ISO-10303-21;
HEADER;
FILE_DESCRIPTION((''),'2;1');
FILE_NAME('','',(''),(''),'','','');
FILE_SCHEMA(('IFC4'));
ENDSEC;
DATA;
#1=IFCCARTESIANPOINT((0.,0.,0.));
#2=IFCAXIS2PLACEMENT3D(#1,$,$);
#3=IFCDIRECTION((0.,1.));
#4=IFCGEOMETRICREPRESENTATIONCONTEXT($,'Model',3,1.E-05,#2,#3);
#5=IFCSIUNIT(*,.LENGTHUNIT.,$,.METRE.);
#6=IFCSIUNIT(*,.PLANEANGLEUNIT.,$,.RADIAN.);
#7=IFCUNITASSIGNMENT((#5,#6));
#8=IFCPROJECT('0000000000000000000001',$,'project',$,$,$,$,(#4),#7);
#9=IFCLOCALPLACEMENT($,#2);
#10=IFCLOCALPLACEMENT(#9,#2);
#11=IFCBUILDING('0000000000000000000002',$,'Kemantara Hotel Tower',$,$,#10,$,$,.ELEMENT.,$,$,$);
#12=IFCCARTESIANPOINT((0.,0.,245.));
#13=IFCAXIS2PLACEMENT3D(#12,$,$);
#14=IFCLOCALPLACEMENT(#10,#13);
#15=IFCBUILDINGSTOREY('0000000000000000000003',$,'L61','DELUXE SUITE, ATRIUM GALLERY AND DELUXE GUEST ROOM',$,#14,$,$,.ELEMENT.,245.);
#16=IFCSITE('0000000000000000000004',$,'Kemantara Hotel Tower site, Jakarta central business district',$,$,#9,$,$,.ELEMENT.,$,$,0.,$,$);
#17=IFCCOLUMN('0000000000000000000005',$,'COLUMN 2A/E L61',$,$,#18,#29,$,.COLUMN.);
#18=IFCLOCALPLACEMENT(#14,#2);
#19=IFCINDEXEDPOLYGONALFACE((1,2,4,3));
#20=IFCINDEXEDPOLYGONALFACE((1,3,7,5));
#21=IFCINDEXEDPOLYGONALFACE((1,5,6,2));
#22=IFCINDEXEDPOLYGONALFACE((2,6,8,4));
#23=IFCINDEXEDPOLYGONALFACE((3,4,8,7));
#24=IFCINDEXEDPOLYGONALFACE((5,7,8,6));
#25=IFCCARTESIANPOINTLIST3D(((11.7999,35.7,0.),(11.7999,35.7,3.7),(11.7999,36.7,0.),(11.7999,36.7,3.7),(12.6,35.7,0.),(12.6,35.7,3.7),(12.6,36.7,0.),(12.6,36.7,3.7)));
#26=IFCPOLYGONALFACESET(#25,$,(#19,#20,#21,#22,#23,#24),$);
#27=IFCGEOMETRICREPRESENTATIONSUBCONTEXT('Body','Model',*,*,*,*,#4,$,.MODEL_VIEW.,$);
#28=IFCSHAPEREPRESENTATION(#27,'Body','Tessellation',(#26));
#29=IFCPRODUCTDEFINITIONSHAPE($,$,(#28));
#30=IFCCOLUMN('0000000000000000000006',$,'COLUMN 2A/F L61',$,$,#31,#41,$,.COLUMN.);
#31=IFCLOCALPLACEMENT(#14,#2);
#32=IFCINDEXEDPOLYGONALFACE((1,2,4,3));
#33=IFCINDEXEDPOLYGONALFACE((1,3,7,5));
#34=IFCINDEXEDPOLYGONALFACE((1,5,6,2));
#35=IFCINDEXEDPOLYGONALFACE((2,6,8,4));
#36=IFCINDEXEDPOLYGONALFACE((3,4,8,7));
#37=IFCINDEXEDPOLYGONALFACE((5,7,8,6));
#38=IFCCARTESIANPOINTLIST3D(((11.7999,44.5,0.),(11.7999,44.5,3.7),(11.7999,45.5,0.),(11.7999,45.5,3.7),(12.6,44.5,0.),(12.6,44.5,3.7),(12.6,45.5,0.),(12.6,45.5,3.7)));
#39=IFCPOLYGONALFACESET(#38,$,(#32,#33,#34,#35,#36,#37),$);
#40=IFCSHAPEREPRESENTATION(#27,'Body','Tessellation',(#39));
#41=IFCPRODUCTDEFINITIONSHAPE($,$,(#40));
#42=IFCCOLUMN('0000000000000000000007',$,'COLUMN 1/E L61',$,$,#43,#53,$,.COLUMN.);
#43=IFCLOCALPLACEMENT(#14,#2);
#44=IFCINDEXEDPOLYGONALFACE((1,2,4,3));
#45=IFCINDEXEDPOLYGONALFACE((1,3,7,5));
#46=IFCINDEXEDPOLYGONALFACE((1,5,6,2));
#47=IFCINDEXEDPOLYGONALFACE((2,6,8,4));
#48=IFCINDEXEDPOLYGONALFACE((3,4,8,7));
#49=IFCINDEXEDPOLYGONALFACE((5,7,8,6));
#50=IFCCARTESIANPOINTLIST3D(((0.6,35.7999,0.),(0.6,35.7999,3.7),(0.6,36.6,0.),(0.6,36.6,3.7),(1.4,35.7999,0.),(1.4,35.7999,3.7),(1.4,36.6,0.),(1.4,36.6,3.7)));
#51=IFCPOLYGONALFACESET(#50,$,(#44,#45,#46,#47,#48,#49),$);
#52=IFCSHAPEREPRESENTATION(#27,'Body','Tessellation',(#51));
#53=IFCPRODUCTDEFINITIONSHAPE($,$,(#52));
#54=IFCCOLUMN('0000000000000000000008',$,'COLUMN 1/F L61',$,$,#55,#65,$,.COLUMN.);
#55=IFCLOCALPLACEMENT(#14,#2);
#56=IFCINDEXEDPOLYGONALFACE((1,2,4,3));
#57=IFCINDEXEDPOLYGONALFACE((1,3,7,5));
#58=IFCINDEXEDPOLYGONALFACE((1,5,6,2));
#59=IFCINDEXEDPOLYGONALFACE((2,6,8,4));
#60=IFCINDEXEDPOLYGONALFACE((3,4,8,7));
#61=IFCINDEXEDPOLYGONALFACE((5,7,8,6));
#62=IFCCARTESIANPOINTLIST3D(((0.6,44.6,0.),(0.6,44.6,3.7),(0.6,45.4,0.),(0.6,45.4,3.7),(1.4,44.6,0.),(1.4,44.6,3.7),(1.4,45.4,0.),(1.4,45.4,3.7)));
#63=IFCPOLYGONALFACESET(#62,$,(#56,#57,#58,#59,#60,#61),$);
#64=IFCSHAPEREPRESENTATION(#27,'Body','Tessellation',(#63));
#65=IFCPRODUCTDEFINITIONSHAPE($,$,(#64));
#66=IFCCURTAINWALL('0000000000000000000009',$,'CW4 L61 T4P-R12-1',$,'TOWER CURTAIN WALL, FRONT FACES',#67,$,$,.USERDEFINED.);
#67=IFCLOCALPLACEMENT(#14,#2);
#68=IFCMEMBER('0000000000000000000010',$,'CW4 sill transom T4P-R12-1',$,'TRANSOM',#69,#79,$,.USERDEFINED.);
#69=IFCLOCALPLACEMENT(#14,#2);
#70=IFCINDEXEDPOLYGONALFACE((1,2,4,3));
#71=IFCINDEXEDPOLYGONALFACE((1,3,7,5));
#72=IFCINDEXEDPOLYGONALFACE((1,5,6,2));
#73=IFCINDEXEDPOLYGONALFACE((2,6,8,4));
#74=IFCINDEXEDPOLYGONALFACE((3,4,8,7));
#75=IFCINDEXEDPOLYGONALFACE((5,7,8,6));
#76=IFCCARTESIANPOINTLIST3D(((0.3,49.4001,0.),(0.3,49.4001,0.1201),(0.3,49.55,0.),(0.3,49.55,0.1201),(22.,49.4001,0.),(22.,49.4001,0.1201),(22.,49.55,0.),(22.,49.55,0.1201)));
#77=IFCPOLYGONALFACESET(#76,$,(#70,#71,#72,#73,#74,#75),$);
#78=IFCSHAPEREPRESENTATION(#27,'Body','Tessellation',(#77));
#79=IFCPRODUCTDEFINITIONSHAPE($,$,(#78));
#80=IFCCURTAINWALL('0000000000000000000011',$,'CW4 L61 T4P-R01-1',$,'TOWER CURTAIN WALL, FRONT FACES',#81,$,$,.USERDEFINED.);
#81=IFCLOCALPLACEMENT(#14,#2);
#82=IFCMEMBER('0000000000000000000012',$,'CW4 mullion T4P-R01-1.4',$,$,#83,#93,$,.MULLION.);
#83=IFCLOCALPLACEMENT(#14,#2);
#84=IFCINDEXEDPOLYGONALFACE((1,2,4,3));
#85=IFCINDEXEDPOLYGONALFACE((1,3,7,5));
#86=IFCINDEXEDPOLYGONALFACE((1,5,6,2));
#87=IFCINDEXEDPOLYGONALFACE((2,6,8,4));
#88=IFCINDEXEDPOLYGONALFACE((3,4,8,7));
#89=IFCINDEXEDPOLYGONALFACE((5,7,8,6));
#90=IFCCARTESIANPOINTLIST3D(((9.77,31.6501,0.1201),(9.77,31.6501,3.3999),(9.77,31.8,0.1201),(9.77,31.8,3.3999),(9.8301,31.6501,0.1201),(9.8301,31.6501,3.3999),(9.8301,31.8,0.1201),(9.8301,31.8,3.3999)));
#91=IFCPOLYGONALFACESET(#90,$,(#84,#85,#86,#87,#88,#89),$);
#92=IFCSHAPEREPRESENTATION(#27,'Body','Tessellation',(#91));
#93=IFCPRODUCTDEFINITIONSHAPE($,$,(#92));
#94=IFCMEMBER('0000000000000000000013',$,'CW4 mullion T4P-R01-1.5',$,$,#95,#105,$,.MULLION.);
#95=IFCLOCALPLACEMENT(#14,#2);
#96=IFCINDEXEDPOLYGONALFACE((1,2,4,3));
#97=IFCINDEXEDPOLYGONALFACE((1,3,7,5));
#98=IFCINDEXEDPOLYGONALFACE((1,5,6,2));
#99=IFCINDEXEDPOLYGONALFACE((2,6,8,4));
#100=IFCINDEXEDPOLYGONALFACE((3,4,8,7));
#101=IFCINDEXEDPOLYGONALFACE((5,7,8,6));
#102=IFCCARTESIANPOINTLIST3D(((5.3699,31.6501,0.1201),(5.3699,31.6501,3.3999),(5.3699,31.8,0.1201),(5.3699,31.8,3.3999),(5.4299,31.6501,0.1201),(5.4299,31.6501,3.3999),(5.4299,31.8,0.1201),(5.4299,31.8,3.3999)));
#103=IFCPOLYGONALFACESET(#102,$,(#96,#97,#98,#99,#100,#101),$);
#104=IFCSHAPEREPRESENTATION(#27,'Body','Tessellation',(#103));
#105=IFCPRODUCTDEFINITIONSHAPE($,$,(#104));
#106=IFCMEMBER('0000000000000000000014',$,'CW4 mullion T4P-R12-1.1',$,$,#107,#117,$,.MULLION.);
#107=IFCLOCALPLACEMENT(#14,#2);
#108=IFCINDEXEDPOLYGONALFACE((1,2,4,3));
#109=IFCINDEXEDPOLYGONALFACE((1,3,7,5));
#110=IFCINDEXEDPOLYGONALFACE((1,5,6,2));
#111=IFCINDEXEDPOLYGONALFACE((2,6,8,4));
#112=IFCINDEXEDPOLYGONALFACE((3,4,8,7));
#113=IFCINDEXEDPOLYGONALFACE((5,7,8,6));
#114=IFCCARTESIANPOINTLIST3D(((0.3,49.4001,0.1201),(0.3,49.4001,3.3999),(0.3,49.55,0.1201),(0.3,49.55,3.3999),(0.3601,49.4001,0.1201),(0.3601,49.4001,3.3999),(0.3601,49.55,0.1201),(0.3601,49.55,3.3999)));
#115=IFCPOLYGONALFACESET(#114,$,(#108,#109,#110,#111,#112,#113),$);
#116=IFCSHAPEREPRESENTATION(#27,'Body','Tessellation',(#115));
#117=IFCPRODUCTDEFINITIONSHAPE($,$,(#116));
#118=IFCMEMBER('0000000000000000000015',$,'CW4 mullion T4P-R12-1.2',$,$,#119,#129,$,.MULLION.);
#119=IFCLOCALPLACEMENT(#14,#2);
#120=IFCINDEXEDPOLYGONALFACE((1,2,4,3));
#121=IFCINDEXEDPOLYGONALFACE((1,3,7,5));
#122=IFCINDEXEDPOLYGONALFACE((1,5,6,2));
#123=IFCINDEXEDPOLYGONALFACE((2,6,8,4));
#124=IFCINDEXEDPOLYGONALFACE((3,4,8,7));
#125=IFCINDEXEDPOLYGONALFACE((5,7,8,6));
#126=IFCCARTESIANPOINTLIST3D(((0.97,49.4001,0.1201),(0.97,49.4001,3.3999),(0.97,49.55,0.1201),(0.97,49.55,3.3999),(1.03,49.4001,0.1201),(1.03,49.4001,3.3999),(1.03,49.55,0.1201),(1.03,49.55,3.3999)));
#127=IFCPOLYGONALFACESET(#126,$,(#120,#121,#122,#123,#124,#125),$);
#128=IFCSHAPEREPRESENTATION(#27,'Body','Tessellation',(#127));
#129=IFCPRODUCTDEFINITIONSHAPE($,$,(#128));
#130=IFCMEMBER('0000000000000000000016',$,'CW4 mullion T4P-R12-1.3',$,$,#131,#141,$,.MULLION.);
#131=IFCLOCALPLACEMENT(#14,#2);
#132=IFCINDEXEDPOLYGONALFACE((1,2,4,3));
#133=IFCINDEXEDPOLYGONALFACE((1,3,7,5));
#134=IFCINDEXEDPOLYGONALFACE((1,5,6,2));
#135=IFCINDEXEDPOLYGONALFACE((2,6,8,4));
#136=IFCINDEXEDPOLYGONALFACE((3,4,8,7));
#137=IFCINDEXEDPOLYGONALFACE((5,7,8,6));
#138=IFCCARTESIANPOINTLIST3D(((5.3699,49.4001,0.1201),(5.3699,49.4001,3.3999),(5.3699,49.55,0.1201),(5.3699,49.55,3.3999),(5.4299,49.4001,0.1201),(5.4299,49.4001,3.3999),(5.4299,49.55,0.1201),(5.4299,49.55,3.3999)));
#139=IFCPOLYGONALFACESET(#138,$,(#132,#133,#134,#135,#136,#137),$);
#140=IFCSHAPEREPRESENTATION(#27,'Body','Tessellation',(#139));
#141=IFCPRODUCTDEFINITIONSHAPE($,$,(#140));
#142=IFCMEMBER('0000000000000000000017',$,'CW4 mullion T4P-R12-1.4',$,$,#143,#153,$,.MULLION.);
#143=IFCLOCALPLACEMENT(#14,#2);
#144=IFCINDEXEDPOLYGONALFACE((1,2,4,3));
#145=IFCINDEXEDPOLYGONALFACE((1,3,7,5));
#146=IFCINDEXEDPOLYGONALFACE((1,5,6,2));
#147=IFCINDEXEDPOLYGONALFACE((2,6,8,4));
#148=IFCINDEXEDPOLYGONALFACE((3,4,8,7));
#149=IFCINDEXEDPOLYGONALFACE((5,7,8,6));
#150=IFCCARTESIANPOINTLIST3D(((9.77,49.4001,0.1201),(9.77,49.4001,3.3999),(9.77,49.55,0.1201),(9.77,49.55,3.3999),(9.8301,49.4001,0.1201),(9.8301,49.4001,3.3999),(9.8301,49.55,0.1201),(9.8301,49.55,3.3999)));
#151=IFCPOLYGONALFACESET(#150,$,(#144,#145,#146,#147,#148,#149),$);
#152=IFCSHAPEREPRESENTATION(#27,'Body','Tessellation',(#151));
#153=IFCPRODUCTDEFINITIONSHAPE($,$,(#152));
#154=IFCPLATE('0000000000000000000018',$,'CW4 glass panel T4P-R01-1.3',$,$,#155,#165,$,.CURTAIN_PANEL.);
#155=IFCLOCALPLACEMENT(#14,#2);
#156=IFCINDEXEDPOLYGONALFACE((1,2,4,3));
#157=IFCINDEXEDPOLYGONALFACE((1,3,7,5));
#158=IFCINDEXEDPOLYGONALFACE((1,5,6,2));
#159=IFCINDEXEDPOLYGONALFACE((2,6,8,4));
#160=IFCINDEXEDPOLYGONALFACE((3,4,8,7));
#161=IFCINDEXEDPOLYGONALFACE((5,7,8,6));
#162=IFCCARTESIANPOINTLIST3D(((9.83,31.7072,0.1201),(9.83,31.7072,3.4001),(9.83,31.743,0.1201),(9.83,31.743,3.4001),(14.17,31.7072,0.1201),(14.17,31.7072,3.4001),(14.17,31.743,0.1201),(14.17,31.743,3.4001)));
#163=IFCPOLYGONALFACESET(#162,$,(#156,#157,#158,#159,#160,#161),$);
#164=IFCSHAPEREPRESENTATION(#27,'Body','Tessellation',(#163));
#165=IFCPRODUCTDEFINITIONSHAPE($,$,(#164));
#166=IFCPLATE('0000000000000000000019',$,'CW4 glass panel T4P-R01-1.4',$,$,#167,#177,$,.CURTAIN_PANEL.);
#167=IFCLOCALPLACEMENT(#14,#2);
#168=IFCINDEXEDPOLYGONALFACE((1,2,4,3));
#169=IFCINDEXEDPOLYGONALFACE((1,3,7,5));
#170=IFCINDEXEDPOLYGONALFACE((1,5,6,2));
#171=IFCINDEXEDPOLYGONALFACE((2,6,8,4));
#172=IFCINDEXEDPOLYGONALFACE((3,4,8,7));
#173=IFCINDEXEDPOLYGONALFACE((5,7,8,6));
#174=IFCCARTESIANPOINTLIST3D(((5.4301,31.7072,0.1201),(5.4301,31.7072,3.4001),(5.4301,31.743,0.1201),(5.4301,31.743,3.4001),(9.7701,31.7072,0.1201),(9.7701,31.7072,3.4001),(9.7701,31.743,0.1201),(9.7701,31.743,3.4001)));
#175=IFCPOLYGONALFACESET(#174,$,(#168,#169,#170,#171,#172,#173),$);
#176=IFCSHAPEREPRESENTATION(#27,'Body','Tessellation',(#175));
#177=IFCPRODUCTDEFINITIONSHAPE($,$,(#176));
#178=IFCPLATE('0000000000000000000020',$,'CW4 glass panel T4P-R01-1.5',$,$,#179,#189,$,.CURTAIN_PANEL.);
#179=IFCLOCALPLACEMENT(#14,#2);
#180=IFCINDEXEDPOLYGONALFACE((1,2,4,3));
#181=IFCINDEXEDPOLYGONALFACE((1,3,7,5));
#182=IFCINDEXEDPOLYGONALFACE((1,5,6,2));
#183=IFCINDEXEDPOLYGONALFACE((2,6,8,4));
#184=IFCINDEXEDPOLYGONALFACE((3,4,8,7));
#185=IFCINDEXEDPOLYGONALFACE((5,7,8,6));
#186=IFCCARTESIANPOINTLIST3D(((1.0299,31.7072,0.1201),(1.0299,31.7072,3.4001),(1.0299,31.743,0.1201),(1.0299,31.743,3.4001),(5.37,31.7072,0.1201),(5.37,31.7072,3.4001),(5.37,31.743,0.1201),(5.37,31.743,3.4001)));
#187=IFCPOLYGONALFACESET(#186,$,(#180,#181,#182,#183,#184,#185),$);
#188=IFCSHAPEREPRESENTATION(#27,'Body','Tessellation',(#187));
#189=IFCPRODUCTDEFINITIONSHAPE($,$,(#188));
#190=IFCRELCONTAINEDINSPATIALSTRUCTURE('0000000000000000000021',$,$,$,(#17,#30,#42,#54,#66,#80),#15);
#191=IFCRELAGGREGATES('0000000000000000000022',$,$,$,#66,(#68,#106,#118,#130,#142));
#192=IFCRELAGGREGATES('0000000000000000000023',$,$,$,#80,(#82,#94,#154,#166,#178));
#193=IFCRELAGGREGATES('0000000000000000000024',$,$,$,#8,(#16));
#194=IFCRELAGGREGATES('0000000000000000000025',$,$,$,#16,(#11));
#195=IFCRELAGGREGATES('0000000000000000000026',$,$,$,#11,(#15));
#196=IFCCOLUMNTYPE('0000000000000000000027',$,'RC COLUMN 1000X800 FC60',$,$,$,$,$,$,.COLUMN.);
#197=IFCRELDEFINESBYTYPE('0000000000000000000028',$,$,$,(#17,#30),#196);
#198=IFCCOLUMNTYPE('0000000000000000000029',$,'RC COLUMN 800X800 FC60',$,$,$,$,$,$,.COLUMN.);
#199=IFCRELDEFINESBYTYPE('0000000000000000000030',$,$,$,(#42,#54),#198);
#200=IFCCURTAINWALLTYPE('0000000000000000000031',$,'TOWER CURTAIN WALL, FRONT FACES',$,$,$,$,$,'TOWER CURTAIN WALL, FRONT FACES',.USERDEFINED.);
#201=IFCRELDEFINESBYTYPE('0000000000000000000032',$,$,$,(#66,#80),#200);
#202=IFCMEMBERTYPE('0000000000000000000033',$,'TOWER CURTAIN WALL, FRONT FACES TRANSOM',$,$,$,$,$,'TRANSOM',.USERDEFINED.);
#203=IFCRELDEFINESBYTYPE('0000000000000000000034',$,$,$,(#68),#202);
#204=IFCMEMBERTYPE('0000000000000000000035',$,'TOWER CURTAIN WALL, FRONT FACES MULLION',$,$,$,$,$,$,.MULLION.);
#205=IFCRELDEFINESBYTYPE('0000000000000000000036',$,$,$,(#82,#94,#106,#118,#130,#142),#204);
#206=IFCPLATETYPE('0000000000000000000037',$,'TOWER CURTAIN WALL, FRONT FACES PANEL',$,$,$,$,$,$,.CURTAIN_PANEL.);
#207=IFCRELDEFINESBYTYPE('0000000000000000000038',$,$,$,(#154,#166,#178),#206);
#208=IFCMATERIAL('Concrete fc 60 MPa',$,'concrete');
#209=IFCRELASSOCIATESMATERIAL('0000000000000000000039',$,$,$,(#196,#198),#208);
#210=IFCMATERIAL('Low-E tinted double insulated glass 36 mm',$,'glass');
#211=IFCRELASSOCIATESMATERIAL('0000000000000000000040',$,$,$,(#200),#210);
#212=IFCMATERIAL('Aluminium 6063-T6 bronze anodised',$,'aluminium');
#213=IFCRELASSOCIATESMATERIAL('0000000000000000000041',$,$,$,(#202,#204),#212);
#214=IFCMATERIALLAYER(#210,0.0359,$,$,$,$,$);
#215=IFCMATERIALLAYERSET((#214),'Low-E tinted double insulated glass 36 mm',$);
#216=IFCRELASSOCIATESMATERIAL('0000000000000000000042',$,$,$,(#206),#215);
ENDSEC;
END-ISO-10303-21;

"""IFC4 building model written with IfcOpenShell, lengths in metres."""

from ifc_helpers import new_model, si_unit, direction, frame, origin, origin_2d, place, context, subcontext, project, spatial, rectangle, extrude, source, transform, mapped, material, layer, layer_set, material_profile, profile_set, type_object, element, aggregate, save


model = new_model("IFC4")

# Units and contexts
model_context = context("Model", 3, precision=1e-05, world=origin(), true_north=direction((0.0, 1.0)))
body_context = subcontext(model_context, "Body", "Model", "MODEL_VIEW")
ifc_project = project(units=[si_unit("LENGTHUNIT", "METRE"), si_unit("PLANEANGLEUNIT", "RADIAN")], contexts=[model_context])

# Site, building, storey
site_placement = place(None, origin())
site = spatial("IfcSite", under=ifc_project, at=site_placement, Name="Kemantara Hotel Tower site, Jakarta central business district", CompositionType="ELEMENT", RefElevation=0.0)
building_placement = place(site_placement, origin())
building = spatial("IfcBuilding", under=site, at=building_placement, Name="Kemantara Hotel Tower", CompositionType="ELEMENT")
storey_placement = place(building_placement, frame((0.0, 0.0, 245.0)))
storey = spatial("IfcBuildingStorey", under=building, at=storey_placement, Name="L61", Description="DELUXE SUITE, ATRIUM GALLERY AND DELUXE GUEST ROOM", CompositionType="ELEMENT", Elevation=245.0)

# Columns
ifc_material_1 = material(Name="Concrete fc 60 MPa", Category="concrete")
ifc_material_profile_1 = material_profile(ifc_material_1, rectangle(XDim=1.0, YDim=0.8, at=origin_2d()), Name="RC 1000X800")
ifc_profile_set_1 = profile_set([ifc_material_profile_1], Name="Concrete fc 60 MPa")
column_type_1 = type_object("IfcColumnType", Name="RC COLUMN 1000X800 FC60", PredefinedType="COLUMN", material=ifc_profile_set_1)
for number, where, z_axis, x_axis, name in (
    (1, (12.2, 36.2, 0.0), (0.0, 0.0, 1.0), (0.0, 1.0, 0.0), "COLUMN 2A/E L61"),
    (2, (12.2, 45.0, 0.0), (0.0, 0.0, 1.0), (0.0, 1.0, 0.0), "COLUMN 2A/F L61"),
):
    element("IfcColumn", number, at=place(storey_placement, frame(where, z_axis=z_axis, x_axis=x_axis)), inside=storey, type_object=column_type_1, Name=name, PredefinedType="COLUMN", context=body_context, shape_type="SweptSolid", body=[
        extrude(rectangle(XDim=1.0, YDim=0.8, at=origin_2d()), origin(), (0.0, 0.0, 1.0), 3.7),
    ])
ifc_material_profile_2 = material_profile(ifc_material_1, rectangle(XDim=0.8, YDim=0.8, at=origin_2d()), Name="RC 800X800")
ifc_profile_set_2 = profile_set([ifc_material_profile_2], Name="Concrete fc 60 MPa")
column_type_2 = type_object("IfcColumnType", Name="RC COLUMN 800X800 FC60", PredefinedType="COLUMN", material=ifc_profile_set_2)
for number, where, z_axis, x_axis, name in (
    (3, (1.0, 36.2, 0.0), (0.0, 0.0, 1.0), (1.0, 0.0, 0.0), "COLUMN 1/E L61"),
    (4, (1.0, 45.0, 0.0), (0.0, 0.0, 1.0), (1.0, 0.0, 0.0), "COLUMN 1/F L61"),
):
    element("IfcColumn", number, at=place(storey_placement, frame(where, z_axis=z_axis, x_axis=x_axis)), inside=storey, type_object=column_type_2, Name=name, PredefinedType="COLUMN", context=body_context, shape_type="SweptSolid", body=[
        extrude(rectangle(XDim=0.8, YDim=0.8, at=origin_2d()), origin(), (0.0, 0.0, 1.0), 3.7),
    ])

# Curtain wall, member
ifc_material_2 = material(Name="Low-E tinted double insulated glass 36 mm", Category="glass")
curtain_wall_type = type_object("IfcCurtainWallType", Name="TOWER CURTAIN WALL, FRONT FACES", ElementType="TOWER CURTAIN WALL, FRONT FACES", PredefinedType="USERDEFINED", material=ifc_material_2)
curtain_wall_1_placement = place(storey_placement, origin())
curtain_wall_1 = element("IfcCurtainWall", 5, at=curtain_wall_1_placement, inside=storey, type_object=curtain_wall_type, Name="CW4 L61 T4P-R12-1", ObjectType="TOWER CURTAIN WALL, FRONT FACES", PredefinedType="USERDEFINED")
ifc_material_3 = material(Name="Aluminium 6063-T6 bronze anodised", Category="aluminium")
ifc_material_profile_3 = material_profile(ifc_material_3, rectangle(XDim=0.1499, YDim=0.1201, at=origin_2d()), Name="TOWER CURTAIN WALL, FRONT FACES TRANSOM")
ifc_profile_set_3 = profile_set([ifc_material_profile_3], Name="Aluminium 6063-T6 bronze anodised")
member_type_1 = type_object("IfcMemberType", Name="TOWER CURTAIN WALL, FRONT FACES TRANSOM", ElementType="TRANSOM", PredefinedType="USERDEFINED", material=ifc_profile_set_3)
member_1_placement = place(storey_placement, frame((0.3, 49.4751, 0.0601), z_axis=(1.0, 0.0, 0.0), x_axis=(0.0, 1.0, 0.0)))
member_1 = element("IfcMember", 6, at=member_1_placement, type_object=member_type_1, Name="CW4 sill transom T4P-R12-1", ObjectType="TRANSOM", PredefinedType="USERDEFINED", context=body_context, shape_type="SweptSolid", body=[
    extrude(rectangle(XDim=0.1499, YDim=0.1201, at=origin_2d()), origin(), (0.0, 0.0, 1.0), 21.7),
])

# Curtain wall, members
curtain_wall_2_placement = place(storey_placement, origin())
curtain_wall_2 = element("IfcCurtainWall", 7, at=curtain_wall_2_placement, inside=storey, type_object=curtain_wall_type, Name="CW4 L61 T4P-R01-1", ObjectType="TOWER CURTAIN WALL, FRONT FACES", PredefinedType="USERDEFINED")
ifc_material_profile_4 = material_profile(ifc_material_3, rectangle(XDim=0.1499, YDim=0.0601, at=origin_2d()), Name="TOWER CURTAIN WALL, FRONT FACES MULLION")
ifc_profile_set_4 = profile_set([ifc_material_profile_4], Name="Aluminium 6063-T6 bronze anodised")
member_type_2 = type_object("IfcMemberType", Name="TOWER CURTAIN WALL, FRONT FACES MULLION", PredefinedType="MULLION", material=ifc_profile_set_4)
shared_shape_1 = source(origin(), body_context, "Body", "SweptSolid", [
    extrude(rectangle(XDim=0.1499, YDim=0.0601, at=origin_2d()), origin(), (0.0, 0.0, 1.0), 3.2798),
])
member_2_placement = place(storey_placement, frame((9.8, 31.7251, 0.1201), z_axis=(0.0, 0.0, 1.0), x_axis=(0.0, -1.0, 0.0)))
member_2 = element("IfcMember", 8, at=member_2_placement, type_object=member_type_2, Name="CW4 mullion T4P-R01-1.4", PredefinedType="MULLION", context=body_context, shape_type="MappedRepresentation", body=[
    mapped(shared_shape_1, transform((0.0, 0.0, 0.0))),
])
member_3_placement = place(storey_placement, frame((5.3999, 31.7251, 0.1201), z_axis=(0.0, 0.0, 1.0), x_axis=(0.0, -1.0, 0.0)))
member_3 = element("IfcMember", 9, at=member_3_placement, type_object=member_type_2, Name="CW4 mullion T4P-R01-1.5", PredefinedType="MULLION", context=body_context, shape_type="MappedRepresentation", body=[
    mapped(shared_shape_1, transform((0.0, 0.0, 0.0))),
])

# Members
member_4_placement = place(storey_placement, frame((0.3301, 49.4751, 0.1201), z_axis=(0.0, 0.0, 1.0), x_axis=(0.0, 1.0, 0.0)))
member_4 = element("IfcMember", 10, at=member_4_placement, type_object=member_type_2, Name="CW4 mullion T4P-R12-1.1", PredefinedType="MULLION", context=body_context, shape_type="MappedRepresentation", body=[
    mapped(shared_shape_1, transform((0.0, 0.0, 0.0))),
])
member_5_placement = place(storey_placement, frame((1.0, 49.4751, 0.1201), z_axis=(0.0, 0.0, 1.0), x_axis=(0.0, 1.0, 0.0)))
member_5 = element("IfcMember", 11, at=member_5_placement, type_object=member_type_2, Name="CW4 mullion T4P-R12-1.2", PredefinedType="MULLION", context=body_context, shape_type="MappedRepresentation", body=[
    mapped(shared_shape_1, transform((0.0, 0.0, 0.0))),
])
member_6_placement = place(storey_placement, frame((5.3999, 49.4751, 0.1201), z_axis=(0.0, 0.0, 1.0), x_axis=(0.0, 1.0, 0.0)))
member_6 = element("IfcMember", 12, at=member_6_placement, type_object=member_type_2, Name="CW4 mullion T4P-R12-1.3", PredefinedType="MULLION", context=body_context, shape_type="MappedRepresentation", body=[
    mapped(shared_shape_1, transform((0.0, 0.0, 0.0))),
])
member_7_placement = place(storey_placement, frame((9.8, 49.4751, 0.1201), z_axis=(0.0, 0.0, 1.0), x_axis=(0.0, 1.0, 0.0)))
member_7 = element("IfcMember", 13, at=member_7_placement, type_object=member_type_2, Name="CW4 mullion T4P-R12-1.4", PredefinedType="MULLION", context=body_context, shape_type="MappedRepresentation", body=[
    mapped(shared_shape_1, transform((0.0, 0.0, 0.0))),
])
aggregate(curtain_wall_1, [member_1, member_4, member_5, member_6, member_7])

# Plates
ifc_layer_1 = layer(ifc_material_2, 0.0359)
ifc_layer_set_1 = layer_set([ifc_layer_1], Name="Low-E tinted double insulated glass 36 mm")
plate_type = type_object("IfcPlateType", Name="TOWER CURTAIN WALL, FRONT FACES PANEL", PredefinedType="CURTAIN_PANEL", material=ifc_layer_set_1)
shared_shape_2 = source(origin(), body_context, "Body", "SweptSolid", [
    extrude(rectangle(XDim=4.3401, YDim=0.0359, at=origin_2d()), origin(), (0.0, 0.0, 1.0), 3.28),
])
plate_1_placement = place(storey_placement, frame((12.0, 31.7251, 0.1201), z_axis=(0.0, 0.0, 1.0), x_axis=(-1.0, 0.0, 0.0)))
plate_1 = element("IfcPlate", 14, at=plate_1_placement, type_object=plate_type, Name="CW4 glass panel T4P-R01-1.3", PredefinedType="CURTAIN_PANEL", context=body_context, shape_type="MappedRepresentation", body=[
    mapped(shared_shape_2, transform((0.0, 0.0, 0.0))),
])
plate_2_placement = place(storey_placement, frame((7.6001, 31.7251, 0.1201), z_axis=(0.0, 0.0, 1.0), x_axis=(-1.0, 0.0, 0.0)))
plate_2 = element("IfcPlate", 15, at=plate_2_placement, type_object=plate_type, Name="CW4 glass panel T4P-R01-1.4", PredefinedType="CURTAIN_PANEL", context=body_context, shape_type="MappedRepresentation", body=[
    mapped(shared_shape_2, transform((0.0, 0.0, 0.0))),
])
plate_3_placement = place(storey_placement, frame((3.2, 31.7251, 0.1201), z_axis=(0.0, 0.0, 1.0), x_axis=(-1.0, 0.0, 0.0)))
plate_3 = element("IfcPlate", 16, at=plate_3_placement, type_object=plate_type, Name="CW4 glass panel T4P-R01-1.5", PredefinedType="CURTAIN_PANEL", context=body_context, shape_type="MappedRepresentation", body=[
    mapped(shared_shape_2, transform((0.0, 0.0, 0.0))),
])
aggregate(curtain_wall_2, [member_2, member_3, plate_1, plate_2, plate_3])

save(model, "model.ifc")
